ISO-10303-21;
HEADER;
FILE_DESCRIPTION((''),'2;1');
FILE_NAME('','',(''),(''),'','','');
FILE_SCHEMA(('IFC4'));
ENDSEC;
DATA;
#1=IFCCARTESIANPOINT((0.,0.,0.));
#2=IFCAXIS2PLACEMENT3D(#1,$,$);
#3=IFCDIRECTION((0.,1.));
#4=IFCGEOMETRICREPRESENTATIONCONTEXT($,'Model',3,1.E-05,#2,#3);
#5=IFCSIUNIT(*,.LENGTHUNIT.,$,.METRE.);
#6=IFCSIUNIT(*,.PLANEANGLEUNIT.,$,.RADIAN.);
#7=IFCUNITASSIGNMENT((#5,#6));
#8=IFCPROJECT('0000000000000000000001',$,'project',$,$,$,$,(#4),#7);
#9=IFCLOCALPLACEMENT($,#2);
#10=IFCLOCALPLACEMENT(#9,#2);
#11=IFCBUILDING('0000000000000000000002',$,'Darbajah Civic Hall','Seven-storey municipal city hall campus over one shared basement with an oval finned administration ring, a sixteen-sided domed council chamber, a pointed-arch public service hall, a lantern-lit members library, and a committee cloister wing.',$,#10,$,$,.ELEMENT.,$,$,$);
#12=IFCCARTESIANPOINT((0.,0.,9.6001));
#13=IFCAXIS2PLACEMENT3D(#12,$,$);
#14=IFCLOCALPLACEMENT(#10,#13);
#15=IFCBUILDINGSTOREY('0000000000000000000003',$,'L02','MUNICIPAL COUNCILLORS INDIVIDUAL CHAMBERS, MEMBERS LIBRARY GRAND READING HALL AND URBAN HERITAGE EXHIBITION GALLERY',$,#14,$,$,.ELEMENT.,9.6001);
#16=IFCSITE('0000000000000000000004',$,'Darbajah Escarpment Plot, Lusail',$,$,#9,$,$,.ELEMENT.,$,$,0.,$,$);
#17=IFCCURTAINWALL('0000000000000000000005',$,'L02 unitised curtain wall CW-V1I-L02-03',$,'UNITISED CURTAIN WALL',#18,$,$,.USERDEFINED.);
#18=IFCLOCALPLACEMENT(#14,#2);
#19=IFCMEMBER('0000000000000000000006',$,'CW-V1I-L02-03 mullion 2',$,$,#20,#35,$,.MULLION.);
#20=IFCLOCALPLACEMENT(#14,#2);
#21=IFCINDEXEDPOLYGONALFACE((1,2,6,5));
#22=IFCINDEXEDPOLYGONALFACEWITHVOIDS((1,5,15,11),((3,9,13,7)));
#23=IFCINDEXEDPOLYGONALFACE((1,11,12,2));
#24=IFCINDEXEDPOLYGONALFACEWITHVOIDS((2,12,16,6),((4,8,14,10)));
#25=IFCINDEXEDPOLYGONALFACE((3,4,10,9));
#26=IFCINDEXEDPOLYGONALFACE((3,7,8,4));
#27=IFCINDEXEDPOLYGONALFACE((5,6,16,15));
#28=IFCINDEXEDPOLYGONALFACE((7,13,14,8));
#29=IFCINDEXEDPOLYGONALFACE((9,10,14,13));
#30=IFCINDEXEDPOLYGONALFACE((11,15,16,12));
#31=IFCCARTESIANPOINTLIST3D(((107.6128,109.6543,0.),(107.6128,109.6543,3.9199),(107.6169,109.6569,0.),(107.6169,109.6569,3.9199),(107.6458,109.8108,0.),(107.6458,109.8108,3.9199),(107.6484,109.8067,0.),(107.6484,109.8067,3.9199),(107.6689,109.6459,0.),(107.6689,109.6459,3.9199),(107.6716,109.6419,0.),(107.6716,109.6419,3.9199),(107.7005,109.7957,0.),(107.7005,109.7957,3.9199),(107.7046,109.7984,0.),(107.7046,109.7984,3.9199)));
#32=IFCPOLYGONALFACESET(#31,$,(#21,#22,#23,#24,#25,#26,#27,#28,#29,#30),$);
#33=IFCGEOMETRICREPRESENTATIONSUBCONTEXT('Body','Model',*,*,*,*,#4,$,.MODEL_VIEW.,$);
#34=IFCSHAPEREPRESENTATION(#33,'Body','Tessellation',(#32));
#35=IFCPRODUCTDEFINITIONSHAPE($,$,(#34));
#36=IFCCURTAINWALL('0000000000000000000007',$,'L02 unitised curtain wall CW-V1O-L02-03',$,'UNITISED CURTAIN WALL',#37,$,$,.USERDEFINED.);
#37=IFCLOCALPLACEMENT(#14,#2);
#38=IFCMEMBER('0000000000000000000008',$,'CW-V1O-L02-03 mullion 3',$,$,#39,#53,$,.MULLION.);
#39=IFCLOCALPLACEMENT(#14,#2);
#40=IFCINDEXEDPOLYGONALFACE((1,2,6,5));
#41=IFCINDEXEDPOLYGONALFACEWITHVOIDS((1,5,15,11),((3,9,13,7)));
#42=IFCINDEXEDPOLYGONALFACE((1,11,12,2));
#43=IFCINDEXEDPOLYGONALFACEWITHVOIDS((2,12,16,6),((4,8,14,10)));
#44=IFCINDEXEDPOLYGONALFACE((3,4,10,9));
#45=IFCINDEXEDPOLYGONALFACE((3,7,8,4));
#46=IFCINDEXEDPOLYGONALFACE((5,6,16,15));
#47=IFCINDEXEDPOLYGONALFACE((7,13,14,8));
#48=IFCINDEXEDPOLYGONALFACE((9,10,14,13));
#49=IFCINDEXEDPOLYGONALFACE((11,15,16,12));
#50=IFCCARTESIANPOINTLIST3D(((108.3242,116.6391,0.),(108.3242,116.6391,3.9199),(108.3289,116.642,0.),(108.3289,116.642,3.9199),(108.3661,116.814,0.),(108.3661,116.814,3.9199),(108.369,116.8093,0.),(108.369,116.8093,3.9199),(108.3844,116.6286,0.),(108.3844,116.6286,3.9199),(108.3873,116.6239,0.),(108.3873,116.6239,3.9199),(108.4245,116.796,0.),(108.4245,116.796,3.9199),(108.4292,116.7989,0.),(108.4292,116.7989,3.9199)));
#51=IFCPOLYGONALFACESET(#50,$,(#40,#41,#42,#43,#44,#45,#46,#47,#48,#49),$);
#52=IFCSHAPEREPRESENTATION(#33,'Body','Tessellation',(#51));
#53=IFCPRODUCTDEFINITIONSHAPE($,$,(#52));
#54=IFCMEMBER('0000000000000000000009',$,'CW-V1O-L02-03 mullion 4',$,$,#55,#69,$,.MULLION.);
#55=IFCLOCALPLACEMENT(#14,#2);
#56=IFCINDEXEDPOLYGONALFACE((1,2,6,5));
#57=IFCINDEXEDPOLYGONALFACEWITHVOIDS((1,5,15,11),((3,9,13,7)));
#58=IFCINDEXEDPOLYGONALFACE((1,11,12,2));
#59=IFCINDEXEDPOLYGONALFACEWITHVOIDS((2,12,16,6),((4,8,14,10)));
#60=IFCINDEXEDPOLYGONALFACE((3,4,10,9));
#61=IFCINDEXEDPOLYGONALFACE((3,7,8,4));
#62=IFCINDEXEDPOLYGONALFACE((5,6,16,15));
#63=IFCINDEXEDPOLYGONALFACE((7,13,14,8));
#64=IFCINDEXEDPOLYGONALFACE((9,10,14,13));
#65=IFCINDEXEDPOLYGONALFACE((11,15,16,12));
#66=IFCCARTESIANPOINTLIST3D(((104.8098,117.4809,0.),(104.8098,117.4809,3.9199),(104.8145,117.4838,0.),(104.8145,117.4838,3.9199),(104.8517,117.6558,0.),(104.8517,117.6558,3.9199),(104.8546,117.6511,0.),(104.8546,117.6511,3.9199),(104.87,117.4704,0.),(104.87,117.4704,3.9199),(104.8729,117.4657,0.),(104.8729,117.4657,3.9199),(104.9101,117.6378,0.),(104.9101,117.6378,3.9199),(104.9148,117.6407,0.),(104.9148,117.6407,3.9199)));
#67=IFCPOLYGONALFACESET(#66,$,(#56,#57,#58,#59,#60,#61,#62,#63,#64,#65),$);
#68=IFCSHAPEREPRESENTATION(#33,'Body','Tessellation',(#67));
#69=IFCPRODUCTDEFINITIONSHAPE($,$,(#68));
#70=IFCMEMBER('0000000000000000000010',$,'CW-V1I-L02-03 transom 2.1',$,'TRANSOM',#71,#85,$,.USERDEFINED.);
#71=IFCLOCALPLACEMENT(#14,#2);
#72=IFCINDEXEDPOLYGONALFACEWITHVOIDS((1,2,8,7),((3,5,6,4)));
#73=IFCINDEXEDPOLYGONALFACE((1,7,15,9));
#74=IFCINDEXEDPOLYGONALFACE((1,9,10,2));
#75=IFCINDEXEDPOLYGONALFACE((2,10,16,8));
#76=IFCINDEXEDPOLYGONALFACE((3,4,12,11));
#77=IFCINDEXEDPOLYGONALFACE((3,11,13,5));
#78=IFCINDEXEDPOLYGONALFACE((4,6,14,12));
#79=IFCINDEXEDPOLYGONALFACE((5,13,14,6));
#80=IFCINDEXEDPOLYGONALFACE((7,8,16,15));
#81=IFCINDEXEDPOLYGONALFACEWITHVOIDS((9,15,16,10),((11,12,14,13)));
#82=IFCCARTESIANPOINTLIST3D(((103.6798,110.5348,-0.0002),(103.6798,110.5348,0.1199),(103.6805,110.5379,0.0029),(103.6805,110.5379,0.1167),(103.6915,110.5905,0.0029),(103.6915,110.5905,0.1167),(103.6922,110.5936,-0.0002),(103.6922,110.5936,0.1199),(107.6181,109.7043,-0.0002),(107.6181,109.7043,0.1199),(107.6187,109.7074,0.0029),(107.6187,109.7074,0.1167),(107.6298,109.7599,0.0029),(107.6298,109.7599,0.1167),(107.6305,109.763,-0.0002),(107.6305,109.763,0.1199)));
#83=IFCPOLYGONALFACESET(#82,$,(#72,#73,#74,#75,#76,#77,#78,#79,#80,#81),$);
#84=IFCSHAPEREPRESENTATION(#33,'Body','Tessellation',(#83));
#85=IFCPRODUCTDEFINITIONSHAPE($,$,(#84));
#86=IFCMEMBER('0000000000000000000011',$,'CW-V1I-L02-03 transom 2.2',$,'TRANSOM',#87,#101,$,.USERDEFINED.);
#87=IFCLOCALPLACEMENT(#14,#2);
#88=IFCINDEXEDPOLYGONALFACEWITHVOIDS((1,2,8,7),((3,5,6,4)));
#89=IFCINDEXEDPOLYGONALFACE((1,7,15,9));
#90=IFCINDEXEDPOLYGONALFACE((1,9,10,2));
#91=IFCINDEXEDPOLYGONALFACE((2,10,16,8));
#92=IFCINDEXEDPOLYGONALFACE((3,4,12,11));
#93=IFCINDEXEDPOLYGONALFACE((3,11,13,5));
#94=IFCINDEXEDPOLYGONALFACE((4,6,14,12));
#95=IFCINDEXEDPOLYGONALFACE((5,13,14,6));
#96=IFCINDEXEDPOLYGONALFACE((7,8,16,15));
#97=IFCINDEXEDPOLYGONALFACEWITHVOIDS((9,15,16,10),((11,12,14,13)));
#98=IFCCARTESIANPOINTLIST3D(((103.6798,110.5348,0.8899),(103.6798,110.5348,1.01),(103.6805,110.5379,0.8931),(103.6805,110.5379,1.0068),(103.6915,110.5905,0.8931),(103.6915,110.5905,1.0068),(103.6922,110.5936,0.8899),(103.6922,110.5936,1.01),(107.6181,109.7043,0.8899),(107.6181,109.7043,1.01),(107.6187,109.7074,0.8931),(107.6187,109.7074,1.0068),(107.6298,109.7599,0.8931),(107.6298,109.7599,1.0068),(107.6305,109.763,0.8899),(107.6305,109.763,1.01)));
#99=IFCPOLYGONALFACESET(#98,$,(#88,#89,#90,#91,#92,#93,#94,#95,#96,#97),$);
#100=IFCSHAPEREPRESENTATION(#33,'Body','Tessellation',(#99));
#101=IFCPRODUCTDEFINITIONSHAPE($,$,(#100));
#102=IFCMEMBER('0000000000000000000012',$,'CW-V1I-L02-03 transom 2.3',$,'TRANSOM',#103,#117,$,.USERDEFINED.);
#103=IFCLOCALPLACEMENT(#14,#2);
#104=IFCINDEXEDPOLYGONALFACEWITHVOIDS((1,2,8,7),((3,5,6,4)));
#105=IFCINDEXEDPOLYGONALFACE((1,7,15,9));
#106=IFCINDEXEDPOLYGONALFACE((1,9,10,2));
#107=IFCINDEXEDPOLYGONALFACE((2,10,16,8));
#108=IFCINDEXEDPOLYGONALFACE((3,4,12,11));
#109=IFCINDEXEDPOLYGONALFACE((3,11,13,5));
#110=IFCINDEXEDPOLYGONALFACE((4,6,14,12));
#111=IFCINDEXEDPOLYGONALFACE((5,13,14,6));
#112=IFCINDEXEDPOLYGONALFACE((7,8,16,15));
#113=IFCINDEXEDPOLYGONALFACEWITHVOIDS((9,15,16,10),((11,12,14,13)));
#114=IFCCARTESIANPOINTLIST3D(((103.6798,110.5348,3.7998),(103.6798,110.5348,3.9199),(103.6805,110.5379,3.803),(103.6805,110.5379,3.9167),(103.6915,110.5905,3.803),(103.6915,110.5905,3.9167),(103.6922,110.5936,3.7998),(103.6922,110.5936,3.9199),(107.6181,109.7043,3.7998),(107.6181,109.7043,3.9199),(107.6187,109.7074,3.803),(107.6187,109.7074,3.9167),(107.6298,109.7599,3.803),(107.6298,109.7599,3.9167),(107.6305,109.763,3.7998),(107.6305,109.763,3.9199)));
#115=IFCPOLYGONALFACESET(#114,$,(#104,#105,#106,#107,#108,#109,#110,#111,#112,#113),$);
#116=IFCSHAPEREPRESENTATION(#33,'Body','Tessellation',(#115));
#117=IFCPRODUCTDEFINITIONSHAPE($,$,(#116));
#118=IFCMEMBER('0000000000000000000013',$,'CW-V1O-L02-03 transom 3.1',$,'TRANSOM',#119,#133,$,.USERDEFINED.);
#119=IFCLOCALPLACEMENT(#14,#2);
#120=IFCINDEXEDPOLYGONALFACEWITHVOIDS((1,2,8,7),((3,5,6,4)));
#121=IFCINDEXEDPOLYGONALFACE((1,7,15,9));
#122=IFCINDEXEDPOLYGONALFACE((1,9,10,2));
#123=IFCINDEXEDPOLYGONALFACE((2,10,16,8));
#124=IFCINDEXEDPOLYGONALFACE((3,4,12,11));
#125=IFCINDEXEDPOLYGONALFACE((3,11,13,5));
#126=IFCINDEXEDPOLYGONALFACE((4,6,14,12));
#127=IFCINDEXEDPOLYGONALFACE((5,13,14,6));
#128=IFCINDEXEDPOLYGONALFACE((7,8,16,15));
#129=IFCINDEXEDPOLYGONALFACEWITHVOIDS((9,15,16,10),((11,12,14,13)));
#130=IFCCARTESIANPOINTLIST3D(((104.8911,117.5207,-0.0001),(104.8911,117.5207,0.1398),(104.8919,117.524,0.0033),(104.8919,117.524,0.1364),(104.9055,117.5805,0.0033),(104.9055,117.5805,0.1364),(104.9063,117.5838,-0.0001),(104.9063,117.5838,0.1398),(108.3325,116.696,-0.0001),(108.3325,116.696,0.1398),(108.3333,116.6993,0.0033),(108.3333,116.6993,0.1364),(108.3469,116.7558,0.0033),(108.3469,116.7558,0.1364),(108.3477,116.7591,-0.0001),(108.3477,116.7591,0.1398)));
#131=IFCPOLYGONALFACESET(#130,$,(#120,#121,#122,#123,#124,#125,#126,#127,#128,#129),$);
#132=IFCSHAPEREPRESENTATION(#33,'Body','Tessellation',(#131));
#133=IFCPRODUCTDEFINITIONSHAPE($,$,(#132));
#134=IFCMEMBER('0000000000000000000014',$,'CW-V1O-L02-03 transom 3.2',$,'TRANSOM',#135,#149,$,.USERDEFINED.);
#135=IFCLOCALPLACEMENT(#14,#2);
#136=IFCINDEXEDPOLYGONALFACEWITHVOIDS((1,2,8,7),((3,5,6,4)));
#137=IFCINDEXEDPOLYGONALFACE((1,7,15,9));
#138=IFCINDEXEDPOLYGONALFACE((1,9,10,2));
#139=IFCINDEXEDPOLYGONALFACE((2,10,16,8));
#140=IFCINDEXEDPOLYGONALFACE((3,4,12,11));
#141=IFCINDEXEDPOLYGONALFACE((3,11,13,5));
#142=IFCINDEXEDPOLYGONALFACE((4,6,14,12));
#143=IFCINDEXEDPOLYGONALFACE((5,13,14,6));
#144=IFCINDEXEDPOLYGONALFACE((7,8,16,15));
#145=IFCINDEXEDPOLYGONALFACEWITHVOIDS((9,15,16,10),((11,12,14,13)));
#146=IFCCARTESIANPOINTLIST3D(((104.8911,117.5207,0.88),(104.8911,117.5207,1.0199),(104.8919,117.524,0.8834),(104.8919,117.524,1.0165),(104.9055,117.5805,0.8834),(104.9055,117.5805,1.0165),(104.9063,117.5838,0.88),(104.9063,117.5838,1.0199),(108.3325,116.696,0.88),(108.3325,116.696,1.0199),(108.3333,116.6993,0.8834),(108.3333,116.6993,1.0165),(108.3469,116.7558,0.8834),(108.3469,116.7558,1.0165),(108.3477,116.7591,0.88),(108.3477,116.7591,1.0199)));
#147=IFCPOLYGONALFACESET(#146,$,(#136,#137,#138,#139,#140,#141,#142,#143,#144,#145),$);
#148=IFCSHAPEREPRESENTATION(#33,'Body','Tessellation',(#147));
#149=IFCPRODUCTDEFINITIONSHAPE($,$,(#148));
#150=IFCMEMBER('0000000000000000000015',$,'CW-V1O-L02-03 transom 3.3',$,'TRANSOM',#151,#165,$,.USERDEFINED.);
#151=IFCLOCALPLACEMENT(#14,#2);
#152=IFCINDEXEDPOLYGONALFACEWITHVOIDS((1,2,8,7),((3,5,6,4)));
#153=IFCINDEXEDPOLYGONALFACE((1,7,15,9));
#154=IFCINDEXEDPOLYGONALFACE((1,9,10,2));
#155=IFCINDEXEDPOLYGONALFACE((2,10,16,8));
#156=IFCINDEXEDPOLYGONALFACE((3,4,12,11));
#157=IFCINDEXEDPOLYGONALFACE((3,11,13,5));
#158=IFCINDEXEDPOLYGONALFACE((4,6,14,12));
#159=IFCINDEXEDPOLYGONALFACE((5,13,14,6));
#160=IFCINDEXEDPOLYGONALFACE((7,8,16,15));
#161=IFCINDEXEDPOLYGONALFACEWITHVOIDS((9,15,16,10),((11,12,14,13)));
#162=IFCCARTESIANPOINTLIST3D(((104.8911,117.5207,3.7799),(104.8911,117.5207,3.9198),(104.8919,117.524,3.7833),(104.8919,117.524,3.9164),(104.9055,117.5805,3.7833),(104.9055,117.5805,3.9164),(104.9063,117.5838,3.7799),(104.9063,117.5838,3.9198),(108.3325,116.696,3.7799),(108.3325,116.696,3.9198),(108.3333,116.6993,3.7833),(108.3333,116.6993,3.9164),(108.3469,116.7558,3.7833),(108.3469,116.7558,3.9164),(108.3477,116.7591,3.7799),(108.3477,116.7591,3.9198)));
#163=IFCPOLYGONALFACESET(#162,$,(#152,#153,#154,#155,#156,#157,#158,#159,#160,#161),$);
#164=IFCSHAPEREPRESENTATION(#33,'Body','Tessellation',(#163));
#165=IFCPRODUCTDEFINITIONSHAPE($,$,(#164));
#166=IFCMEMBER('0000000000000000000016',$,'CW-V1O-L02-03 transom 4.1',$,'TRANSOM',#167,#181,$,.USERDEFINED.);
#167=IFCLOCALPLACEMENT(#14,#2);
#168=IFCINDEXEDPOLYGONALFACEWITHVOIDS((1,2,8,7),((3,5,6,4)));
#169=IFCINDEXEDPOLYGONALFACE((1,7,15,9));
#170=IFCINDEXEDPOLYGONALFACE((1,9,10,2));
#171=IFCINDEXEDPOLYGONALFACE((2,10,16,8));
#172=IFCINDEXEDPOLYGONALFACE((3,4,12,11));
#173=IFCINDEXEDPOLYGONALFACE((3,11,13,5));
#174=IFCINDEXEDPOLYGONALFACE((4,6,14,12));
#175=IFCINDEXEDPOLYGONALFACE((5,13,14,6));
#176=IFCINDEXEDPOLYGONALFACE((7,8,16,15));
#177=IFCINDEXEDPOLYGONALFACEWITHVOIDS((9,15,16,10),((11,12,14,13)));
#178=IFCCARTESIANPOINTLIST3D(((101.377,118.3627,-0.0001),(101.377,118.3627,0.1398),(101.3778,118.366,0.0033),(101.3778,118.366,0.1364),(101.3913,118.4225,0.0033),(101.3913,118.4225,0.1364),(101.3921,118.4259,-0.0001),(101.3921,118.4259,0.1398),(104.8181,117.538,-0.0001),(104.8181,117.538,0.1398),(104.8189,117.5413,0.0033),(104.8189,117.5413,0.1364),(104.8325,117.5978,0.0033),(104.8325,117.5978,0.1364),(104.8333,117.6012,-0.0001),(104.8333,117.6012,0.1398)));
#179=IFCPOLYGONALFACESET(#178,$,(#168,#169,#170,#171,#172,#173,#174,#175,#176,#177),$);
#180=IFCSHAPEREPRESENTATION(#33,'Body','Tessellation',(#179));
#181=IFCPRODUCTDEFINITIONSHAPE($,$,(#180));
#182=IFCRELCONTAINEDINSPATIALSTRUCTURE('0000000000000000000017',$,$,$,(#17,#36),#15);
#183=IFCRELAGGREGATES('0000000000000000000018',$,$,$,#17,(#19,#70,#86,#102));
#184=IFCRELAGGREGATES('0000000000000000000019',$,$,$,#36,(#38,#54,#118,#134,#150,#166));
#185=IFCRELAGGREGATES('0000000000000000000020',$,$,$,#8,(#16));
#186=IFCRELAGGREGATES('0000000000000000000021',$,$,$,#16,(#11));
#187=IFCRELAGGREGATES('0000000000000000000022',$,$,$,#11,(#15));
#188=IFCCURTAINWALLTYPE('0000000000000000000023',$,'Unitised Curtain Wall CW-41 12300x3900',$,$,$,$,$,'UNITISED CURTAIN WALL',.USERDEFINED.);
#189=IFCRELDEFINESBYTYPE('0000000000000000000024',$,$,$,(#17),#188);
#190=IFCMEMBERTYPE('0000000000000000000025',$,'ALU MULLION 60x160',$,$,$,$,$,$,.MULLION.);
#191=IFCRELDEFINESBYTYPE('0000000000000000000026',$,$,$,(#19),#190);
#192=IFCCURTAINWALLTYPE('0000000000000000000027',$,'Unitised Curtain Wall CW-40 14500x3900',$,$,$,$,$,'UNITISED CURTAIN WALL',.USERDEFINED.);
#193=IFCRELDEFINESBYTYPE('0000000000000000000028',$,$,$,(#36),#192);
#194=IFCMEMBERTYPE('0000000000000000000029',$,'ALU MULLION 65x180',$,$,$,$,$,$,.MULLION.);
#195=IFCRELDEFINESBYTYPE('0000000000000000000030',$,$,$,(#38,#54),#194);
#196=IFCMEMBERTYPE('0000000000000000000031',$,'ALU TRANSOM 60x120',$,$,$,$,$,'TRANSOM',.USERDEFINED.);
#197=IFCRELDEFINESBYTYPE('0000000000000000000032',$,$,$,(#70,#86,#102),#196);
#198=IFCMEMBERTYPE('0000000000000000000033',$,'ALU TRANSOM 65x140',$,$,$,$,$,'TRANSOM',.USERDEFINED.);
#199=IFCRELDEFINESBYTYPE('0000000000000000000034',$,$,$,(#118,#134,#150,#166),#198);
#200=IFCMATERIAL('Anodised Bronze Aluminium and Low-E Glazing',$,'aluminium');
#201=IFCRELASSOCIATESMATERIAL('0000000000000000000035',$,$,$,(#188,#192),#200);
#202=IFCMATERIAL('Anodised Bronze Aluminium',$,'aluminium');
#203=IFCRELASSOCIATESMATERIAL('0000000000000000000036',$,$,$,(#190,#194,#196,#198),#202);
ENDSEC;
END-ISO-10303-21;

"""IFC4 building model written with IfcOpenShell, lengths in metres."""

from ifc_helpers import new_model, si_unit, direction, frame, origin, origin_2d, place, context, subcontext, project, spatial, hollow_rectangle, extrude, material, material_profile, profile_set, type_object, element, aggregate, save


model = new_model("IFC4")

# Units and contexts
model_context = context("Model", 3, precision=1e-05, world=origin(), true_north=direction((0.0, 1.0)))
body_context = subcontext(model_context, "Body", "Model", "MODEL_VIEW")
ifc_project = project(units=[si_unit("LENGTHUNIT", "METRE"), si_unit("PLANEANGLEUNIT", "RADIAN")], contexts=[model_context])

# Site, building, storey
site_placement = place(None, origin())
site = spatial("IfcSite", under=ifc_project, at=site_placement, Name="Darbajah Escarpment Plot, Lusail", CompositionType="ELEMENT", RefElevation=0.0)
building_placement = place(site_placement, origin())
building = spatial("IfcBuilding", under=site, at=building_placement, Name="Darbajah Civic Hall", Description="Seven-storey municipal city hall campus over one shared basement with an oval finned administration ring, a sixteen-sided domed council chamber, a pointed-arch public service hall, a lantern-lit members library, and a committee cloister wing.", CompositionType="ELEMENT")
storey_placement = place(building_placement, frame((0.0, 0.0, 9.6001)))
storey = spatial("IfcBuildingStorey", under=building, at=storey_placement, Name="L02", Description="MUNICIPAL COUNCILLORS INDIVIDUAL CHAMBERS, MEMBERS LIBRARY GRAND READING HALL AND URBAN HERITAGE EXHIBITION GALLERY", CompositionType="ELEMENT", Elevation=9.6001)

# Curtain wall, member
ifc_material_1 = material(Name="Anodised Bronze Aluminium and Low-E Glazing", Category="aluminium")
curtain_wall_type_1 = type_object("IfcCurtainWallType", Name="Unitised Curtain Wall CW-41 12300x3900", ElementType="UNITISED CURTAIN WALL", PredefinedType="USERDEFINED", material=ifc_material_1)
curtain_wall_1_placement = place(storey_placement, origin())
curtain_wall_1 = element("IfcCurtainWall", 1, at=curtain_wall_1_placement, inside=storey, type_object=curtain_wall_type_1, Name="L02 unitised curtain wall CW-V1I-L02-03", ObjectType="UNITISED CURTAIN WALL", PredefinedType="USERDEFINED")
ifc_material_2 = material(Name="Anodised Bronze Aluminium", Category="aluminium")
ifc_material_profile_1 = material_profile(ifc_material_2, hollow_rectangle(XDim=0.0601, YDim=0.1599, WallThickness=0.0034, at=origin_2d()), Name="ALU MULLION 60x160")
ifc_profile_set_1 = profile_set([ifc_material_profile_1], Name="Anodised Bronze Aluminium")
member_type_1 = type_object("IfcMemberType", Name="ALU MULLION 60x160", PredefinedType="MULLION", material=ifc_profile_set_1)
member_1_placement = place(storey_placement, frame((107.6587, 109.7263, 0.0), z_axis=(0.0, 0.0, 1.0), x_axis=(-0.978473, 0.206375, 0.0)))
member_1 = element("IfcMember", 2, at=member_1_placement, type_object=member_type_1, Name="CW-V1I-L02-03 mullion 2", PredefinedType="MULLION", context=body_context, shape_type="SweptSolid", body=[
    extrude(hollow_rectangle(XDim=0.0601, YDim=0.1599, WallThickness=0.0034, at=origin_2d()), origin(), (0.0, 0.0, 1.0), 3.9199),
])

# Curtain wall, members
curtain_wall_type_2 = type_object("IfcCurtainWallType", Name="Unitised Curtain Wall CW-40 14500x3900", ElementType="UNITISED CURTAIN WALL", PredefinedType="USERDEFINED", material=ifc_material_1)
curtain_wall_2_placement = place(storey_placement, origin())
curtain_wall_2 = element("IfcCurtainWall", 3, at=curtain_wall_2_placement, inside=storey, type_object=curtain_wall_type_2, Name="L02 unitised curtain wall CW-V1O-L02-03", ObjectType="UNITISED CURTAIN WALL", PredefinedType="USERDEFINED")
ifc_material_profile_2 = material_profile(ifc_material_2, hollow_rectangle(XDim=0.0649, YDim=0.1799, WallThickness=0.0039, at=origin_2d()), Name="ALU MULLION 65x180")
ifc_profile_set_2 = profile_set([ifc_material_profile_2], Name="Anodised Bronze Aluminium")
member_type_2 = type_object("IfcMemberType", Name="ALU MULLION 65x180", PredefinedType="MULLION", material=ifc_profile_set_2)
member_2_placement = place(storey_placement, frame((108.3767, 116.719, 0.0), z_axis=(0.0, 0.0, 1.0), x_axis=(-0.972492, 0.232936, 0.0)))
member_2 = element("IfcMember", 4, at=member_2_placement, type_object=member_type_2, Name="CW-V1O-L02-03 mullion 3", PredefinedType="MULLION", context=body_context, shape_type="SweptSolid", body=[
    extrude(hollow_rectangle(XDim=0.0649, YDim=0.1799, WallThickness=0.0039, at=origin_2d()), origin(), (0.0, 0.0, 1.0), 3.9199),
])
member_3_placement = place(storey_placement, frame((104.8623, 117.5608, 0.0), z_axis=(0.0, 0.0, 1.0), x_axis=(-0.972492, 0.232936, 0.0)))
member_3 = element("IfcMember", 5, at=member_3_placement, type_object=member_type_2, Name="CW-V1O-L02-03 mullion 4", PredefinedType="MULLION", context=body_context, shape_type="SweptSolid", body=[
    extrude(hollow_rectangle(XDim=0.0649, YDim=0.1799, WallThickness=0.0039, at=origin_2d()), origin(), (0.0, 0.0, 1.0), 3.9199),
])

# Members
ifc_material_profile_3 = material_profile(ifc_material_2, hollow_rectangle(XDim=0.0601, YDim=0.1201, WallThickness=0.0032, at=origin_2d()), Name="ALU TRANSOM 60x120")
ifc_profile_set_3 = profile_set([ifc_material_profile_3], Name="Anodised Bronze Aluminium")
member_type_3 = type_object("IfcMemberType", Name="ALU TRANSOM 60x120", ElementType="TRANSOM", PredefinedType="USERDEFINED", material=ifc_profile_set_3)
member_4_placement = place(storey_placement, frame((107.6243, 109.7336, 0.0598), z_axis=(-0.978476, 0.206359, 0.0), x_axis=(-0.206359, -0.978476, 0.0)))
member_4 = element("IfcMember", 6, at=member_4_placement, type_object=member_type_3, Name="CW-V1I-L02-03 transom 2.1", ObjectType="TRANSOM", PredefinedType="USERDEFINED", context=body_context, shape_type="SweptSolid", body=[
    extrude(hollow_rectangle(XDim=0.0601, YDim=0.1201, WallThickness=0.0032, at=origin_2d()), origin(), (0.0, 0.0, 1.0), 4.0249),
])
member_5_placement = place(storey_placement, frame((107.6243, 109.7336, 0.95), z_axis=(-0.978476, 0.206359, 0.0), x_axis=(-0.206359, -0.978476, 0.0)))
member_5 = element("IfcMember", 7, at=member_5_placement, type_object=member_type_3, Name="CW-V1I-L02-03 transom 2.2", ObjectType="TRANSOM", PredefinedType="USERDEFINED", context=body_context, shape_type="SweptSolid", body=[
    extrude(hollow_rectangle(XDim=0.0601, YDim=0.1201, WallThickness=0.0032, at=origin_2d()), origin(), (0.0, 0.0, 1.0), 4.0249),
])
member_6_placement = place(storey_placement, frame((107.6243, 109.7336, 3.8599), z_axis=(-0.978476, 0.206359, 0.0), x_axis=(-0.206359, -0.978476, 0.0)))
member_6 = element("IfcMember", 8, at=member_6_placement, type_object=member_type_3, Name="CW-V1I-L02-03 transom 2.3", ObjectType="TRANSOM", PredefinedType="USERDEFINED", context=body_context, shape_type="SweptSolid", body=[
    extrude(hollow_rectangle(XDim=0.0601, YDim=0.1201, WallThickness=0.0032, at=origin_2d()), origin(), (0.0, 0.0, 1.0), 4.0249),
])
ifc_material_profile_4 = material_profile(ifc_material_2, hollow_rectangle(XDim=0.0649, YDim=0.1399, WallThickness=0.0034, at=origin_2d()), Name="ALU TRANSOM 65x140")
ifc_profile_set_4 = profile_set([ifc_material_profile_4], Name="Anodised Bronze Aluminium")
member_type_4 = type_object("IfcMemberType", Name="ALU TRANSOM 65x140", ElementType="TRANSOM", PredefinedType="USERDEFINED", material=ifc_profile_set_4)
member_7_placement = place(storey_placement, frame((108.3401, 116.7275, 0.0698), z_axis=(-0.972466, 0.233044, 0.0), x_axis=(-0.233044, -0.972466, 0.0)))
member_7 = element("IfcMember", 9, at=member_7_placement, type_object=member_type_4, Name="CW-V1O-L02-03 transom 3.1", ObjectType="TRANSOM", PredefinedType="USERDEFINED", context=body_context, shape_type="SweptSolid", body=[
    extrude(hollow_rectangle(XDim=0.0649, YDim=0.1399, WallThickness=0.0034, at=origin_2d()), origin(), (0.0, 0.0, 1.0), 3.5388),
])
member_8_placement = place(storey_placement, frame((108.3401, 116.7275, 0.95), z_axis=(-0.972466, 0.233044, 0.0), x_axis=(-0.233044, -0.972466, 0.0)))
member_8 = element("IfcMember", 10, at=member_8_placement, type_object=member_type_4, Name="CW-V1O-L02-03 transom 3.2", ObjectType="TRANSOM", PredefinedType="USERDEFINED", context=body_context, shape_type="SweptSolid", body=[
    extrude(hollow_rectangle(XDim=0.0649, YDim=0.1399, WallThickness=0.0034, at=origin_2d()), origin(), (0.0, 0.0, 1.0), 3.5388),
])
member_9_placement = place(storey_placement, frame((108.3401, 116.7275, 3.8499), z_axis=(-0.972466, 0.233044, 0.0), x_axis=(-0.233044, -0.972466, 0.0)))
member_9 = element("IfcMember", 11, at=member_9_placement, type_object=member_type_4, Name="CW-V1O-L02-03 transom 3.3", ObjectType="TRANSOM", PredefinedType="USERDEFINED", context=body_context, shape_type="SweptSolid", body=[
    extrude(hollow_rectangle(XDim=0.0649, YDim=0.1399, WallThickness=0.0034, at=origin_2d()), origin(), (0.0, 0.0, 1.0), 3.5388),
])
member_10_placement = place(storey_placement, frame((104.8257, 117.5696, 0.0698), z_axis=(-0.972462, 0.23306, 0.0), x_axis=(-0.23306, -0.972462, 0.0)))
member_10 = element("IfcMember", 12, at=member_10_placement, type_object=member_type_4, Name="CW-V1O-L02-03 transom 4.1", ObjectType="TRANSOM", PredefinedType="USERDEFINED", context=body_context, shape_type="SweptSolid", body=[
    extrude(hollow_rectangle(XDim=0.0649, YDim=0.1399, WallThickness=0.0034, at=origin_2d()), origin(), (0.0, 0.0, 1.0), 3.5386),
])

aggregate(curtain_wall_1, [member_1, member_4, member_5, member_6])
aggregate(curtain_wall_2, [member_2, member_3, member_7, member_8, member_9, member_10])

save(model, "model.ifc")
